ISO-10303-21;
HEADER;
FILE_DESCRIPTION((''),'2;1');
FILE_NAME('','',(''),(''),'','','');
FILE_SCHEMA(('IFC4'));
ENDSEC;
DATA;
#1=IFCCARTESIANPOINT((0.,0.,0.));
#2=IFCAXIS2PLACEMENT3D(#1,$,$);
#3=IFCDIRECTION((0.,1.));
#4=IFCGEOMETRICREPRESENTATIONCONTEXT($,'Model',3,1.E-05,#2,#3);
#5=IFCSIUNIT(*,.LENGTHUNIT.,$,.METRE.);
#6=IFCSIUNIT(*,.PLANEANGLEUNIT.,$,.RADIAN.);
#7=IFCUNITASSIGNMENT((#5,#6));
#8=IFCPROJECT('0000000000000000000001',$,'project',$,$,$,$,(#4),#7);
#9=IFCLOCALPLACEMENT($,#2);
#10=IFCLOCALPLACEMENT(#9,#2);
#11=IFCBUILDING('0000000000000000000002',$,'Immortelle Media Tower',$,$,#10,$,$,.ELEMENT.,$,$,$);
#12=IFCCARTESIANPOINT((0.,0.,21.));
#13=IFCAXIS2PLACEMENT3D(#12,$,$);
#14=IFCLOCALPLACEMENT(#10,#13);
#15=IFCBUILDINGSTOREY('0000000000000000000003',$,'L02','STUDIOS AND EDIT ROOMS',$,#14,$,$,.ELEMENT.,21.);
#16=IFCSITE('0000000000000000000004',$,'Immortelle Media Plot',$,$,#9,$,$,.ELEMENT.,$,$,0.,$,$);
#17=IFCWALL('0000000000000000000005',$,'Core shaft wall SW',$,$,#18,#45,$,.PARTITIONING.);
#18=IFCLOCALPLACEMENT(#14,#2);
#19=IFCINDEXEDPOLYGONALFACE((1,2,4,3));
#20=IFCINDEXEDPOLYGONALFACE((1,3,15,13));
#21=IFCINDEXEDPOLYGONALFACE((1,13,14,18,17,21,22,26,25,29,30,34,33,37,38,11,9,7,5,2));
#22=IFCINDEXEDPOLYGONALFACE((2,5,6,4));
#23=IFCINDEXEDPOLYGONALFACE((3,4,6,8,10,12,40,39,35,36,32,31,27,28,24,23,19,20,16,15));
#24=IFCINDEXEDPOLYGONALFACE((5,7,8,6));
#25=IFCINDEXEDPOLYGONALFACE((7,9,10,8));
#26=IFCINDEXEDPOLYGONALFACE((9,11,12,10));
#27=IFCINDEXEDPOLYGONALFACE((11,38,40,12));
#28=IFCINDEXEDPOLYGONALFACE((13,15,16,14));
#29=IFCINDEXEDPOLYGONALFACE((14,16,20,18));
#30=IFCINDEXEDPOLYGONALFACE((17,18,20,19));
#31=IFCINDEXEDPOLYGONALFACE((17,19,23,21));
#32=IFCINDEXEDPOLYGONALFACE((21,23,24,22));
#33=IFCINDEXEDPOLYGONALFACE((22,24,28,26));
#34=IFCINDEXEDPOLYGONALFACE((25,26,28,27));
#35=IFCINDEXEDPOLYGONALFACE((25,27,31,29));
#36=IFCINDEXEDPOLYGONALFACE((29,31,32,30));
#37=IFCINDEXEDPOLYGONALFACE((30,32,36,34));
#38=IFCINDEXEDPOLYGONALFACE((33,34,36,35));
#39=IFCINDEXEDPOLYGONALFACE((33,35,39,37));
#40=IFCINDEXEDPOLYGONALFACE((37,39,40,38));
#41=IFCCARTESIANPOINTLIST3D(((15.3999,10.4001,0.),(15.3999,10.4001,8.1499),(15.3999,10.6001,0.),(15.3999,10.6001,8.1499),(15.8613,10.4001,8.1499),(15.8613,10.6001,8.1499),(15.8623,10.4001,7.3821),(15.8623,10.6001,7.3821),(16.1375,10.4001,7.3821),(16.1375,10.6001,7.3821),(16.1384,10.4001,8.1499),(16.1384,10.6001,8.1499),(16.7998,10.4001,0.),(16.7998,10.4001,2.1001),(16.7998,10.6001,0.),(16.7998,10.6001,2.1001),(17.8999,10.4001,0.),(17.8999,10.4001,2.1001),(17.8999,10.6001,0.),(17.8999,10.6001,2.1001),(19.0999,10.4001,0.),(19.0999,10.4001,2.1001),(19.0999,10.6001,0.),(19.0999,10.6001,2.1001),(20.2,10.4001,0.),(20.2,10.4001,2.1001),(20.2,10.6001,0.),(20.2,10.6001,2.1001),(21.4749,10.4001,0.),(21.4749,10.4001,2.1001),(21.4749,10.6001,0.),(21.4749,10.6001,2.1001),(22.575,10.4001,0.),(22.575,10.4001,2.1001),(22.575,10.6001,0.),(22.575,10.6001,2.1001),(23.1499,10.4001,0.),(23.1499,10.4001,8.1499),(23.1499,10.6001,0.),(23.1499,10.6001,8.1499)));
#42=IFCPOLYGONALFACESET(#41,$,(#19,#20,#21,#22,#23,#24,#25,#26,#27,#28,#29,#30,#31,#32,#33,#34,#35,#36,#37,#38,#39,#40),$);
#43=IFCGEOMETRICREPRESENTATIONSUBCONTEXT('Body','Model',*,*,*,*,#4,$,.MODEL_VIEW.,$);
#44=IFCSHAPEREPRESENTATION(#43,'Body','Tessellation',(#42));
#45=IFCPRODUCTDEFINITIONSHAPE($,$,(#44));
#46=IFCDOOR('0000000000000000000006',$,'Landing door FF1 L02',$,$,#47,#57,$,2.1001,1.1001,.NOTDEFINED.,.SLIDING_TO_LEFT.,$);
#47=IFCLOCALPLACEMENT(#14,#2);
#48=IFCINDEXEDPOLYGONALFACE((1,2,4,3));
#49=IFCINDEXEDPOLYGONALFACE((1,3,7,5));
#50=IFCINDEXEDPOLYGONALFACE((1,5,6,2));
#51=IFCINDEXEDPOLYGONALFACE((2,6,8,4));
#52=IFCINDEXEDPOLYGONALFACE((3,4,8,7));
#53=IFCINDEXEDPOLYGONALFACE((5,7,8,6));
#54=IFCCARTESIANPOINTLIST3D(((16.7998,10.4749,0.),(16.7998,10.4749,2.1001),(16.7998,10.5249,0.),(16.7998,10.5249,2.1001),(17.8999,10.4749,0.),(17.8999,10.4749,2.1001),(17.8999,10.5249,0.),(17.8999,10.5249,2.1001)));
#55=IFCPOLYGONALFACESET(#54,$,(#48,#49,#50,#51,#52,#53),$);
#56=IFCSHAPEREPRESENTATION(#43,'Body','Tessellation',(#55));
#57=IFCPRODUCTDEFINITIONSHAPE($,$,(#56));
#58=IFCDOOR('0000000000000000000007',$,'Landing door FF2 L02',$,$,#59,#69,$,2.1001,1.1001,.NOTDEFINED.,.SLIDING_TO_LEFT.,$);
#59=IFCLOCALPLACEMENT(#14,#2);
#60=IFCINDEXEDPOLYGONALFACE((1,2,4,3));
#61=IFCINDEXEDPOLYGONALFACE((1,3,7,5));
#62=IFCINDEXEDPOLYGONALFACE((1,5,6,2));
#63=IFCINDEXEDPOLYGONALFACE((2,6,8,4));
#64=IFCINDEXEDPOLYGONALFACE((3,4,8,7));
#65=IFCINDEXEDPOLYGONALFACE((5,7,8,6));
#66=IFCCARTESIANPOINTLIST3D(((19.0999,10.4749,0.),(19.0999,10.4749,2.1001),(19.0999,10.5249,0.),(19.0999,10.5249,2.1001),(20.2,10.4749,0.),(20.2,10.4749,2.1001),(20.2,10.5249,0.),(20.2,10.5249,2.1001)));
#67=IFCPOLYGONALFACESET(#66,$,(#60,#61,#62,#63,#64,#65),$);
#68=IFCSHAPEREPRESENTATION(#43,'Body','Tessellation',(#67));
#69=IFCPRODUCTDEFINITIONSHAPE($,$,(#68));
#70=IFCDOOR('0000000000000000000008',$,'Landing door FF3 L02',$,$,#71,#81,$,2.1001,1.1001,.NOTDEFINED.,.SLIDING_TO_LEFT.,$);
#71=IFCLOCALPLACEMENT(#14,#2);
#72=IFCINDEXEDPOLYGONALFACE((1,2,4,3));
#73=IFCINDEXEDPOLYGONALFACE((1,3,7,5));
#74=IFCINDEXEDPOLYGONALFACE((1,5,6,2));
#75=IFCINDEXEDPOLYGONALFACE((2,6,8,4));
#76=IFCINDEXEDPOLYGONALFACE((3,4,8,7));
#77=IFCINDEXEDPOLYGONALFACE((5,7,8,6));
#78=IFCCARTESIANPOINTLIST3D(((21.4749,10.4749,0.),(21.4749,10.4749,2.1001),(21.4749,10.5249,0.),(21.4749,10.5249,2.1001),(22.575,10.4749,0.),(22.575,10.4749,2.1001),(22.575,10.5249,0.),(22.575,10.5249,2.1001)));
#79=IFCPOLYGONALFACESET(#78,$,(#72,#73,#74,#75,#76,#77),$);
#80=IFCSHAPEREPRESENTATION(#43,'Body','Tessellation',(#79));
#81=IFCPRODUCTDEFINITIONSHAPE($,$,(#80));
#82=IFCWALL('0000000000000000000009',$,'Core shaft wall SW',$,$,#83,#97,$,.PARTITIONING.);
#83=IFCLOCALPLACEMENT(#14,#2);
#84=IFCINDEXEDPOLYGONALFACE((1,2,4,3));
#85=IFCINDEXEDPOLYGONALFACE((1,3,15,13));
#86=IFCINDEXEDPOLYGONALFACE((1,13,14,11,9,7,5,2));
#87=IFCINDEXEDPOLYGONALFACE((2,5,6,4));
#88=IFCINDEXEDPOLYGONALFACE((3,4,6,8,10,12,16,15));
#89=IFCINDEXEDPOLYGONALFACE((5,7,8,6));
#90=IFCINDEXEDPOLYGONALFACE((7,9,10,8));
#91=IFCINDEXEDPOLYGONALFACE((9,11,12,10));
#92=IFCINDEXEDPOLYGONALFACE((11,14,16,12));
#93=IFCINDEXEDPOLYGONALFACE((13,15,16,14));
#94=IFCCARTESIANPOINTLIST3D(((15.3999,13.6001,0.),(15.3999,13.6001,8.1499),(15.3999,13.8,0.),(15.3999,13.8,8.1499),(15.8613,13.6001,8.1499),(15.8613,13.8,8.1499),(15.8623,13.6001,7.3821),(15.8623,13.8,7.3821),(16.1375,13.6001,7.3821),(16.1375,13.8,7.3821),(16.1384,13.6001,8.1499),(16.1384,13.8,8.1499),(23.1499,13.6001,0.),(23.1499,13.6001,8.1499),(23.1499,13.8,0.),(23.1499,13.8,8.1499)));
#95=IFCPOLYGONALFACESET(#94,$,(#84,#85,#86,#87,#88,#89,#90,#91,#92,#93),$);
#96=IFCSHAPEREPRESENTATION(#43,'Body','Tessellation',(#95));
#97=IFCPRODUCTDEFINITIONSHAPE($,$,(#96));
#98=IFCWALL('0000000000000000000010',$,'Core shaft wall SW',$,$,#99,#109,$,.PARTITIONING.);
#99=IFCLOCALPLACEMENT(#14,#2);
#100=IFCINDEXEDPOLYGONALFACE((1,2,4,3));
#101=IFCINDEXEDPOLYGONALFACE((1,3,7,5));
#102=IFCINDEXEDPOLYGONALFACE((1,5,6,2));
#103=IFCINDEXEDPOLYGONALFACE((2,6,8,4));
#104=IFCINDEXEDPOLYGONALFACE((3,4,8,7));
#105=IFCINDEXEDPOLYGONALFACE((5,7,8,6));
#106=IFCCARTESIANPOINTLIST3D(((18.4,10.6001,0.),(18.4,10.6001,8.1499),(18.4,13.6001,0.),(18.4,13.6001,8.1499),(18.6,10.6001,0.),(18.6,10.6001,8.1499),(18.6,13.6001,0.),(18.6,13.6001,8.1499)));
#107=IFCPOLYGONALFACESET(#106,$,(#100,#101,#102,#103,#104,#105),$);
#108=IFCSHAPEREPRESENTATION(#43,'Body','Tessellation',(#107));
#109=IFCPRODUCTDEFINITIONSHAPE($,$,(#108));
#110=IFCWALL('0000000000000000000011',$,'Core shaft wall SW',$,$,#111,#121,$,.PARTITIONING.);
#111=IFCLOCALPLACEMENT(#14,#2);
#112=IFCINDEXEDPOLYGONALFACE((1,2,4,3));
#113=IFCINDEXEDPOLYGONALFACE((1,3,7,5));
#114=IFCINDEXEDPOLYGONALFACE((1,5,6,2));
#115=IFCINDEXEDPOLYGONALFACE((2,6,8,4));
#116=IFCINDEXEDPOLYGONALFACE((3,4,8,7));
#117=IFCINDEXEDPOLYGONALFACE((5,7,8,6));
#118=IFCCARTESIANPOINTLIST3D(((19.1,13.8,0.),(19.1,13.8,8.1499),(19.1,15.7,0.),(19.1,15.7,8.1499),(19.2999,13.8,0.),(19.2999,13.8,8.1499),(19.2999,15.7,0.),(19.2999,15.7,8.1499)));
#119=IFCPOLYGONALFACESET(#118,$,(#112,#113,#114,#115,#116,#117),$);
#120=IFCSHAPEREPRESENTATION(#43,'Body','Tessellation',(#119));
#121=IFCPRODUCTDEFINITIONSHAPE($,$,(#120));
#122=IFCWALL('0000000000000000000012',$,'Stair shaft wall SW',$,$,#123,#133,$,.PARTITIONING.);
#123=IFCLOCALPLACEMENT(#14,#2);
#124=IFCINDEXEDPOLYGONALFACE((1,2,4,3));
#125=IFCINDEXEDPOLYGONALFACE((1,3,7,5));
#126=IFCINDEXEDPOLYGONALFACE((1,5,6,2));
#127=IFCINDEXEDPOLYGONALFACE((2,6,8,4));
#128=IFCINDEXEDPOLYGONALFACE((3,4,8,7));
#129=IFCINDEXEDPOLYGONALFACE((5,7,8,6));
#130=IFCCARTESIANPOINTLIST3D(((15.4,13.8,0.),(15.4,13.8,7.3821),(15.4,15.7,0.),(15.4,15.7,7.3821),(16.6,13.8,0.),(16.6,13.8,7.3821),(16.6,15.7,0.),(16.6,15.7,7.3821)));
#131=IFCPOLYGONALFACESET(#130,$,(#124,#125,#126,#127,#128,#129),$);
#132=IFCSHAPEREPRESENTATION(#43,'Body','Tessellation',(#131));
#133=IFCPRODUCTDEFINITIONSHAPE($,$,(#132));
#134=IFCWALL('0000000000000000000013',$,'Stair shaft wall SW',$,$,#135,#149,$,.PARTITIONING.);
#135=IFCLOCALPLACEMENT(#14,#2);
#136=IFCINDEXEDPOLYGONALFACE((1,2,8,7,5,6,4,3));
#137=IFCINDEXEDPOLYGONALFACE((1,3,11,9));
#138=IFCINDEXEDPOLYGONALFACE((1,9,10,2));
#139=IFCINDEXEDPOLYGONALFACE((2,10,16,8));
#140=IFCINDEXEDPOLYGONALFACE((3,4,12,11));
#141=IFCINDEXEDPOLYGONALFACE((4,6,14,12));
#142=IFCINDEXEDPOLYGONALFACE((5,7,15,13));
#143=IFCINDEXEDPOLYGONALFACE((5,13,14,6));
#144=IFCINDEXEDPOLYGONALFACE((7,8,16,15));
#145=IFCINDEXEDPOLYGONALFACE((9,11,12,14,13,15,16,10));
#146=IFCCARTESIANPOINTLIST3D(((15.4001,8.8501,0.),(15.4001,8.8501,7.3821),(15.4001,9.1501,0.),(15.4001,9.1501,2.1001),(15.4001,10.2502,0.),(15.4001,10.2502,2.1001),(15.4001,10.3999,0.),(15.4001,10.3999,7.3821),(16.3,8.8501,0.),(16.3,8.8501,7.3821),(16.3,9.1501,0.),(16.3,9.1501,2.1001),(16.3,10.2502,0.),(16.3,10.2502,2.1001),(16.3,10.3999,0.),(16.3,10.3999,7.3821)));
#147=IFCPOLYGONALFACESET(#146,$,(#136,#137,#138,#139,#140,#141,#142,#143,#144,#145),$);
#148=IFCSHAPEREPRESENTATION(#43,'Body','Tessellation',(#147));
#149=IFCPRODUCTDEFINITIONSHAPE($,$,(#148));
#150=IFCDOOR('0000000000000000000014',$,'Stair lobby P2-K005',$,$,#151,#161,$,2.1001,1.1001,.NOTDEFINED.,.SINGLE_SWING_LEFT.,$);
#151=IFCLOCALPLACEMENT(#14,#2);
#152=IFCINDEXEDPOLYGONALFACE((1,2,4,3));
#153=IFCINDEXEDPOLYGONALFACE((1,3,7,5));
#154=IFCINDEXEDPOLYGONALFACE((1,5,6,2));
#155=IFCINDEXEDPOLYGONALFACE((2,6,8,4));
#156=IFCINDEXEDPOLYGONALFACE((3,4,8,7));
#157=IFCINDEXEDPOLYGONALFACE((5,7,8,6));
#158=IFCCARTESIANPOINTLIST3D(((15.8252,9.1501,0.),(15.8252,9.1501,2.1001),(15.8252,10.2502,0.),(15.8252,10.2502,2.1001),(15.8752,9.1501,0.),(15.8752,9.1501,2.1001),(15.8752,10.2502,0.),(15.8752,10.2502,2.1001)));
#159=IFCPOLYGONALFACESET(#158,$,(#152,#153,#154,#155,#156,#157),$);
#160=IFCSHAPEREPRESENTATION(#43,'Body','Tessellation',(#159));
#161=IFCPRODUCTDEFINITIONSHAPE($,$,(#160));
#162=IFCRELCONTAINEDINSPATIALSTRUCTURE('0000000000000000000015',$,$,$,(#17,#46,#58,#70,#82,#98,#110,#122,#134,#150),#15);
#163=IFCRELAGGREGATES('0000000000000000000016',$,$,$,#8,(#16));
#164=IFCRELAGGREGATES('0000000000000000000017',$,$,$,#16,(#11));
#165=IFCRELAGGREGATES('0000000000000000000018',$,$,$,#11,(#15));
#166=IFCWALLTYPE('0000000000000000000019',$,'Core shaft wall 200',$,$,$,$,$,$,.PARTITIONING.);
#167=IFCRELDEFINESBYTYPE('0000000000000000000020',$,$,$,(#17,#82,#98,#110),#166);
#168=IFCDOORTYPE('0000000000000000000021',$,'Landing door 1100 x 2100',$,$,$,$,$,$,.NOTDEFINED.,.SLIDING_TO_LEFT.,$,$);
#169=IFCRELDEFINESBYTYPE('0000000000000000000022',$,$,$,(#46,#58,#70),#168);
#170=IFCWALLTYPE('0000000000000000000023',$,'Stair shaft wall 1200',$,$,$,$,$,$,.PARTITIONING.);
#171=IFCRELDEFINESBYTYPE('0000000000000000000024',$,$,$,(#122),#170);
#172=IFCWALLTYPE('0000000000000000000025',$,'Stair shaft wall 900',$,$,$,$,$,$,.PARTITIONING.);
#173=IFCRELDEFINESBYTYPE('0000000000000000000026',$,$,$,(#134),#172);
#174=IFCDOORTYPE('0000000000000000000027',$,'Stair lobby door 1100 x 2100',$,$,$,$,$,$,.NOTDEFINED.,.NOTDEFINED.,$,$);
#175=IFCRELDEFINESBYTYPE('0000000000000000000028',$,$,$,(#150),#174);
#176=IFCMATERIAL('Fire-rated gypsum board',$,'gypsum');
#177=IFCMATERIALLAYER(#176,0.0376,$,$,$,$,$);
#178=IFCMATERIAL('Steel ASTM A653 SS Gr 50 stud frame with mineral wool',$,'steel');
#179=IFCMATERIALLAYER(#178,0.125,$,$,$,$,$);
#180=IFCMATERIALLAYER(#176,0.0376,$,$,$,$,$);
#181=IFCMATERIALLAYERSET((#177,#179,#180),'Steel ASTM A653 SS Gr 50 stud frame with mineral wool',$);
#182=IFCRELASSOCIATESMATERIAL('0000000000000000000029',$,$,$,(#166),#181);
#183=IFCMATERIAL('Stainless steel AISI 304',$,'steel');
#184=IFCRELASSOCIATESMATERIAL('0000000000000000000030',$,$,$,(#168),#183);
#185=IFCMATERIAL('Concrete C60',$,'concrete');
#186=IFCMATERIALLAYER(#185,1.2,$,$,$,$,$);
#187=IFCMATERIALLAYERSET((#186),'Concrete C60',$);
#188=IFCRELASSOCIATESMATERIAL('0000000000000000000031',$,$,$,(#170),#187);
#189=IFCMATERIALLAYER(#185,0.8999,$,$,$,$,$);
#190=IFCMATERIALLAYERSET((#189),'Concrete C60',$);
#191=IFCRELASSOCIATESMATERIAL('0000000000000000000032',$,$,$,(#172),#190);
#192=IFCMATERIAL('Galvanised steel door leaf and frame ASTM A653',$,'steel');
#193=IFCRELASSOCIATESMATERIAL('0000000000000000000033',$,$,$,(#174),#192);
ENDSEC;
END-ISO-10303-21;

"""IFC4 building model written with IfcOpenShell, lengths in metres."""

from ifc_helpers import new_model, si_unit, direction, frame, frame_2d, origin, place, context, subcontext, project, spatial, polyline, rectangle, outline, extrude, material, layer, layer_set, type_object, element, fill, save


model = new_model("IFC4")

# Units and contexts
model_context = context("Model", 3, precision=1e-05, world=origin(), true_north=direction((0.0, 1.0)))
body_context = subcontext(model_context, "Body", "Model", "MODEL_VIEW")
ifc_project = project(units=[si_unit("LENGTHUNIT", "METRE"), si_unit("PLANEANGLEUNIT", "RADIAN")], contexts=[model_context])

# Site, building, storey
site_placement = place(None, origin())
site = spatial("IfcSite", under=ifc_project, at=site_placement, Name="Immortelle Media Plot", CompositionType="ELEMENT", RefElevation=0.0)
building_placement = place(site_placement, origin())
building = spatial("IfcBuilding", under=site, at=building_placement, Name="Immortelle Media Tower", CompositionType="ELEMENT")
storey_placement = place(building_placement, frame((0.0, 0.0, 21.0)))
storey = spatial("IfcBuildingStorey", under=building, at=storey_placement, Name="L02", Description="STUDIOS AND EDIT ROOMS", CompositionType="ELEMENT", Elevation=21.0)

# Wall, openings, doors
ifc_material_1 = material(Name="Fire-rated gypsum board", Category="gypsum")
ifc_layer_1 = layer(ifc_material_1, 0.0376)
ifc_material_2 = material(Name="Steel ASTM A653 SS Gr 50 stud frame with mineral wool", Category="steel")
ifc_layer_2 = layer(ifc_material_2, 0.125)
ifc_layer_3 = layer(ifc_material_1, 0.0376)
ifc_layer_set_1 = layer_set([ifc_layer_1, ifc_layer_2, ifc_layer_3], Name="Steel ASTM A653 SS Gr 50 stud frame with mineral wool")
wall_type_1 = type_object("IfcWallType", Name="Core shaft wall 200", PredefinedType="PARTITIONING", material=ifc_layer_set_1)
wall_1_placement = place(storey_placement, frame((15.3999, 10.5, 0.0), z_axis=(0.0, 0.0, 1.0), x_axis=(1.0, 0.0, 0.0)))
wall_1 = element("IfcWall", 1, at=wall_1_placement, inside=storey, type_object=wall_type_1, Name="Core shaft wall SW", PredefinedType="PARTITIONING", context=body_context, shape_type="SweptSolid", body=[
    extrude(outline(polyline([(0.0, 0.0), (7.75, 0.0), (7.75, 8.1499), (0.7385, 8.1499), (0.7375, 7.3821), (0.4624, 7.3821), (0.4614, 8.1499), (0.0, 8.1499), (0.0, 0.0)])), frame((0.0, 0.1001, 0.0), z_axis=(0.0, -1.0, 0.0), x_axis=(1.0, 0.0, 0.0)), (0.0, 0.0, 1.0), 0.2),
])
opening_1_placement = place(wall_1_placement, frame((1.3999, 0.0, 0.0)))
opening_1 = element("IfcOpeningElement", 2, at=opening_1_placement, cuts=wall_1, PredefinedType="OPENING", context=body_context, shape_type="SweptSolid", body=[
    extrude(rectangle(XDim=1.1001, YDim=2.1001, at=frame_2d((0.55, 1.05))), frame((0.0, 0.1099, 0.0), z_axis=(0.0, -1.0, 0.0), x_axis=(1.0, 0.0, 0.0)), (0.0, 0.0, 1.0), 0.22),
])
opening_2_placement = place(wall_1_placement, frame((3.7, 0.0, 0.0)))
opening_2 = element("IfcOpeningElement", 3, at=opening_2_placement, cuts=wall_1, PredefinedType="OPENING", context=body_context, shape_type="SweptSolid", body=[
    extrude(rectangle(XDim=1.1001, YDim=2.1001, at=frame_2d((0.55, 1.05))), frame((0.0, 0.1099, 0.0), z_axis=(0.0, -1.0, 0.0), x_axis=(1.0, 0.0, 0.0)), (0.0, 0.0, 1.0), 0.22),
])
opening_3_placement = place(wall_1_placement, frame((6.075, 0.0, 0.0)))
opening_3 = element("IfcOpeningElement", 4, at=opening_3_placement, cuts=wall_1, PredefinedType="OPENING", context=body_context, shape_type="SweptSolid", body=[
    extrude(rectangle(XDim=1.1001, YDim=2.1001, at=frame_2d((0.55, 1.05))), frame((0.0, 0.1099, 0.0), z_axis=(0.0, -1.0, 0.0), x_axis=(1.0, 0.0, 0.0)), (0.0, 0.0, 1.0), 0.22),
])
ifc_material_3 = material(Name="Stainless steel AISI 304", Category="steel")
door_type_1 = type_object("IfcDoorType", Name="Landing door 1100 x 2100", OperationType="SLIDING_TO_LEFT", PredefinedType="NOTDEFINED", material=ifc_material_3)
door_1_placement = place(opening_1_placement, origin())
door_1 = element("IfcDoor", 5, at=door_1_placement, inside=storey, type_object=door_type_1, Name="Landing door FF1 L02", OperationType="SLIDING_TO_LEFT", OverallHeight=2.1001, OverallWidth=1.1001, PredefinedType="NOTDEFINED", context=body_context, shape_type="SweptSolid", body=[
    extrude(rectangle(XDim=1.1001, YDim=2.1001, at=frame_2d((0.55, 1.05))), frame((0.0, 0.0249, 0.0), z_axis=(0.0, -1.0, 0.0), x_axis=(1.0, 0.0, 0.0)), (0.0, 0.0, 1.0), 0.05),
])
fill(opening_1, door_1)
door_2_placement = place(opening_2_placement, origin())
door_2 = element("IfcDoor", 6, at=door_2_placement, inside=storey, type_object=door_type_1, Name="Landing door FF2 L02", OperationType="SLIDING_TO_LEFT", OverallHeight=2.1001, OverallWidth=1.1001, PredefinedType="NOTDEFINED", context=body_context, shape_type="SweptSolid", body=[
    extrude(rectangle(XDim=1.1001, YDim=2.1001, at=frame_2d((0.55, 1.05))), frame((0.0, 0.0249, 0.0), z_axis=(0.0, -1.0, 0.0), x_axis=(1.0, 0.0, 0.0)), (0.0, 0.0, 1.0), 0.05),
])
fill(opening_2, door_2)
door_3_placement = place(opening_3_placement, origin())
door_3 = element("IfcDoor", 7, at=door_3_placement, inside=storey, type_object=door_type_1, Name="Landing door FF3 L02", OperationType="SLIDING_TO_LEFT", OverallHeight=2.1001, OverallWidth=1.1001, PredefinedType="NOTDEFINED", context=body_context, shape_type="SweptSolid", body=[
    extrude(rectangle(XDim=1.1001, YDim=2.1001, at=frame_2d((0.55, 1.05))), frame((0.0, 0.0249, 0.0), z_axis=(0.0, -1.0, 0.0), x_axis=(1.0, 0.0, 0.0)), (0.0, 0.0, 1.0), 0.05),
])
fill(opening_3, door_3)

# Walls
wall_2_placement = place(storey_placement, frame((15.3999, 13.7, 0.0), z_axis=(0.0, 0.0, 1.0), x_axis=(1.0, 0.0, 0.0)))
element("IfcWall", 8, at=wall_2_placement, inside=storey, type_object=wall_type_1, Name="Core shaft wall SW", PredefinedType="PARTITIONING", context=body_context, shape_type="SweptSolid", body=[
    extrude(outline(polyline([(0.0, 0.0), (7.75, 0.0), (7.75, 8.1499), (0.7385, 8.1499), (0.7375, 7.3821), (0.4624, 7.3821), (0.4614, 8.1499), (0.0, 8.1499), (0.0, 0.0)])), frame((0.0, 0.1001, 0.0), z_axis=(0.0, -1.0, 0.0), x_axis=(1.0, 0.0, 0.0)), (0.0, 0.0, 1.0), 0.2),
])
wall_3_placement = place(storey_placement, frame((18.5, 10.6001, 0.0), z_axis=(0.0, 0.0, 1.0), x_axis=(0.0, 1.0, 0.0)))
element("IfcWall", 9, at=wall_3_placement, inside=storey, type_object=wall_type_1, Name="Core shaft wall SW", PredefinedType="PARTITIONING", context=body_context, shape_type="SweptSolid", body=[
    extrude(rectangle(XDim=3.0, YDim=0.2, at=frame_2d((1.5, 0.0))), origin(), (0.0, 0.0, 1.0), 8.1499),
])
wall_4_placement = place(storey_placement, frame((19.2, 13.8, 0.0), z_axis=(0.0, 0.0, 1.0), x_axis=(0.0, 1.0, 0.0)))
element("IfcWall", 10, at=wall_4_placement, inside=storey, type_object=wall_type_1, Name="Core shaft wall SW", PredefinedType="PARTITIONING", context=body_context, shape_type="SweptSolid", body=[
    extrude(rectangle(XDim=1.8999, YDim=0.2, at=frame_2d((0.95, 0.0))), origin(), (0.0, 0.0, 1.0), 8.1499),
])
ifc_material_4 = material(Name="Concrete C60", Category="concrete")
ifc_layer_4 = layer(ifc_material_4, 1.2)
ifc_layer_set_2 = layer_set([ifc_layer_4], Name="Concrete C60")
wall_type_2 = type_object("IfcWallType", Name="Stair shaft wall 1200", PredefinedType="PARTITIONING", material=ifc_layer_set_2)
wall_5_placement = place(storey_placement, frame((16.0, 13.8, 0.0), z_axis=(0.0, 0.0, 1.0), x_axis=(0.0, 1.0, 0.0)))
element("IfcWall", 11, at=wall_5_placement, inside=storey, type_object=wall_type_2, Name="Stair shaft wall SW", PredefinedType="PARTITIONING", context=body_context, shape_type="SweptSolid", body=[
    extrude(rectangle(XDim=1.8999, YDim=1.2, at=frame_2d((0.95, 0.0))), origin(), (0.0, 0.0, 1.0), 7.3821),
])

# Wall, opening, door
ifc_layer_5 = layer(ifc_material_4, 0.8999)
ifc_layer_set_3 = layer_set([ifc_layer_5], Name="Concrete C60")
wall_type_3 = type_object("IfcWallType", Name="Stair shaft wall 900", PredefinedType="PARTITIONING", material=ifc_layer_set_3)
wall_6_placement = place(storey_placement, frame((15.8501, 8.8501, 0.0), z_axis=(0.0, 0.0, 1.0), x_axis=(0.0, 1.0, 0.0)))
wall_6 = element("IfcWall", 12, at=wall_6_placement, inside=storey, type_object=wall_type_3, Name="Stair shaft wall SW", PredefinedType="PARTITIONING", context=body_context, shape_type="SweptSolid", body=[
    extrude(rectangle(XDim=1.5498, YDim=0.8999, at=frame_2d((0.7749, 0.0))), origin(), (0.0, 0.0, 1.0), 7.3821),
])
opening_4_placement = place(wall_6_placement, frame((0.3, 0.0, 0.0)))
opening_4 = element("IfcOpeningElement", 13, at=opening_4_placement, cuts=wall_6, PredefinedType="OPENING", context=body_context, shape_type="SweptSolid", body=[
    extrude(rectangle(XDim=1.1001, YDim=2.1001, at=frame_2d((0.55, 1.05))), frame((0.0, 0.46, 0.0), z_axis=(0.0, -1.0, 0.0), x_axis=(1.0, 0.0, 0.0)), (0.0, 0.0, 1.0), 0.9199),
])
ifc_material_5 = material(Name="Galvanised steel door leaf and frame ASTM A653", Category="steel")
door_type_2 = type_object("IfcDoorType", Name="Stair lobby door 1100 x 2100", OperationType="NOTDEFINED", PredefinedType="NOTDEFINED", material=ifc_material_5)
door_4_placement = place(opening_4_placement, origin())
door_4 = element("IfcDoor", 14, at=door_4_placement, inside=storey, type_object=door_type_2, Name="Stair lobby P2-K005", OperationType="SINGLE_SWING_LEFT", OverallHeight=2.1001, OverallWidth=1.1001, PredefinedType="NOTDEFINED", context=body_context, shape_type="SweptSolid", body=[
    extrude(rectangle(XDim=1.1001, YDim=2.1001, at=frame_2d((0.55, 1.05))), frame((0.0, 0.0249, 0.0), z_axis=(0.0, -1.0, 0.0), x_axis=(1.0, 0.0, 0.0)), (0.0, 0.0, 1.0), 0.05),
])
fill(opening_4, door_4)

save(model, "model.ifc")
